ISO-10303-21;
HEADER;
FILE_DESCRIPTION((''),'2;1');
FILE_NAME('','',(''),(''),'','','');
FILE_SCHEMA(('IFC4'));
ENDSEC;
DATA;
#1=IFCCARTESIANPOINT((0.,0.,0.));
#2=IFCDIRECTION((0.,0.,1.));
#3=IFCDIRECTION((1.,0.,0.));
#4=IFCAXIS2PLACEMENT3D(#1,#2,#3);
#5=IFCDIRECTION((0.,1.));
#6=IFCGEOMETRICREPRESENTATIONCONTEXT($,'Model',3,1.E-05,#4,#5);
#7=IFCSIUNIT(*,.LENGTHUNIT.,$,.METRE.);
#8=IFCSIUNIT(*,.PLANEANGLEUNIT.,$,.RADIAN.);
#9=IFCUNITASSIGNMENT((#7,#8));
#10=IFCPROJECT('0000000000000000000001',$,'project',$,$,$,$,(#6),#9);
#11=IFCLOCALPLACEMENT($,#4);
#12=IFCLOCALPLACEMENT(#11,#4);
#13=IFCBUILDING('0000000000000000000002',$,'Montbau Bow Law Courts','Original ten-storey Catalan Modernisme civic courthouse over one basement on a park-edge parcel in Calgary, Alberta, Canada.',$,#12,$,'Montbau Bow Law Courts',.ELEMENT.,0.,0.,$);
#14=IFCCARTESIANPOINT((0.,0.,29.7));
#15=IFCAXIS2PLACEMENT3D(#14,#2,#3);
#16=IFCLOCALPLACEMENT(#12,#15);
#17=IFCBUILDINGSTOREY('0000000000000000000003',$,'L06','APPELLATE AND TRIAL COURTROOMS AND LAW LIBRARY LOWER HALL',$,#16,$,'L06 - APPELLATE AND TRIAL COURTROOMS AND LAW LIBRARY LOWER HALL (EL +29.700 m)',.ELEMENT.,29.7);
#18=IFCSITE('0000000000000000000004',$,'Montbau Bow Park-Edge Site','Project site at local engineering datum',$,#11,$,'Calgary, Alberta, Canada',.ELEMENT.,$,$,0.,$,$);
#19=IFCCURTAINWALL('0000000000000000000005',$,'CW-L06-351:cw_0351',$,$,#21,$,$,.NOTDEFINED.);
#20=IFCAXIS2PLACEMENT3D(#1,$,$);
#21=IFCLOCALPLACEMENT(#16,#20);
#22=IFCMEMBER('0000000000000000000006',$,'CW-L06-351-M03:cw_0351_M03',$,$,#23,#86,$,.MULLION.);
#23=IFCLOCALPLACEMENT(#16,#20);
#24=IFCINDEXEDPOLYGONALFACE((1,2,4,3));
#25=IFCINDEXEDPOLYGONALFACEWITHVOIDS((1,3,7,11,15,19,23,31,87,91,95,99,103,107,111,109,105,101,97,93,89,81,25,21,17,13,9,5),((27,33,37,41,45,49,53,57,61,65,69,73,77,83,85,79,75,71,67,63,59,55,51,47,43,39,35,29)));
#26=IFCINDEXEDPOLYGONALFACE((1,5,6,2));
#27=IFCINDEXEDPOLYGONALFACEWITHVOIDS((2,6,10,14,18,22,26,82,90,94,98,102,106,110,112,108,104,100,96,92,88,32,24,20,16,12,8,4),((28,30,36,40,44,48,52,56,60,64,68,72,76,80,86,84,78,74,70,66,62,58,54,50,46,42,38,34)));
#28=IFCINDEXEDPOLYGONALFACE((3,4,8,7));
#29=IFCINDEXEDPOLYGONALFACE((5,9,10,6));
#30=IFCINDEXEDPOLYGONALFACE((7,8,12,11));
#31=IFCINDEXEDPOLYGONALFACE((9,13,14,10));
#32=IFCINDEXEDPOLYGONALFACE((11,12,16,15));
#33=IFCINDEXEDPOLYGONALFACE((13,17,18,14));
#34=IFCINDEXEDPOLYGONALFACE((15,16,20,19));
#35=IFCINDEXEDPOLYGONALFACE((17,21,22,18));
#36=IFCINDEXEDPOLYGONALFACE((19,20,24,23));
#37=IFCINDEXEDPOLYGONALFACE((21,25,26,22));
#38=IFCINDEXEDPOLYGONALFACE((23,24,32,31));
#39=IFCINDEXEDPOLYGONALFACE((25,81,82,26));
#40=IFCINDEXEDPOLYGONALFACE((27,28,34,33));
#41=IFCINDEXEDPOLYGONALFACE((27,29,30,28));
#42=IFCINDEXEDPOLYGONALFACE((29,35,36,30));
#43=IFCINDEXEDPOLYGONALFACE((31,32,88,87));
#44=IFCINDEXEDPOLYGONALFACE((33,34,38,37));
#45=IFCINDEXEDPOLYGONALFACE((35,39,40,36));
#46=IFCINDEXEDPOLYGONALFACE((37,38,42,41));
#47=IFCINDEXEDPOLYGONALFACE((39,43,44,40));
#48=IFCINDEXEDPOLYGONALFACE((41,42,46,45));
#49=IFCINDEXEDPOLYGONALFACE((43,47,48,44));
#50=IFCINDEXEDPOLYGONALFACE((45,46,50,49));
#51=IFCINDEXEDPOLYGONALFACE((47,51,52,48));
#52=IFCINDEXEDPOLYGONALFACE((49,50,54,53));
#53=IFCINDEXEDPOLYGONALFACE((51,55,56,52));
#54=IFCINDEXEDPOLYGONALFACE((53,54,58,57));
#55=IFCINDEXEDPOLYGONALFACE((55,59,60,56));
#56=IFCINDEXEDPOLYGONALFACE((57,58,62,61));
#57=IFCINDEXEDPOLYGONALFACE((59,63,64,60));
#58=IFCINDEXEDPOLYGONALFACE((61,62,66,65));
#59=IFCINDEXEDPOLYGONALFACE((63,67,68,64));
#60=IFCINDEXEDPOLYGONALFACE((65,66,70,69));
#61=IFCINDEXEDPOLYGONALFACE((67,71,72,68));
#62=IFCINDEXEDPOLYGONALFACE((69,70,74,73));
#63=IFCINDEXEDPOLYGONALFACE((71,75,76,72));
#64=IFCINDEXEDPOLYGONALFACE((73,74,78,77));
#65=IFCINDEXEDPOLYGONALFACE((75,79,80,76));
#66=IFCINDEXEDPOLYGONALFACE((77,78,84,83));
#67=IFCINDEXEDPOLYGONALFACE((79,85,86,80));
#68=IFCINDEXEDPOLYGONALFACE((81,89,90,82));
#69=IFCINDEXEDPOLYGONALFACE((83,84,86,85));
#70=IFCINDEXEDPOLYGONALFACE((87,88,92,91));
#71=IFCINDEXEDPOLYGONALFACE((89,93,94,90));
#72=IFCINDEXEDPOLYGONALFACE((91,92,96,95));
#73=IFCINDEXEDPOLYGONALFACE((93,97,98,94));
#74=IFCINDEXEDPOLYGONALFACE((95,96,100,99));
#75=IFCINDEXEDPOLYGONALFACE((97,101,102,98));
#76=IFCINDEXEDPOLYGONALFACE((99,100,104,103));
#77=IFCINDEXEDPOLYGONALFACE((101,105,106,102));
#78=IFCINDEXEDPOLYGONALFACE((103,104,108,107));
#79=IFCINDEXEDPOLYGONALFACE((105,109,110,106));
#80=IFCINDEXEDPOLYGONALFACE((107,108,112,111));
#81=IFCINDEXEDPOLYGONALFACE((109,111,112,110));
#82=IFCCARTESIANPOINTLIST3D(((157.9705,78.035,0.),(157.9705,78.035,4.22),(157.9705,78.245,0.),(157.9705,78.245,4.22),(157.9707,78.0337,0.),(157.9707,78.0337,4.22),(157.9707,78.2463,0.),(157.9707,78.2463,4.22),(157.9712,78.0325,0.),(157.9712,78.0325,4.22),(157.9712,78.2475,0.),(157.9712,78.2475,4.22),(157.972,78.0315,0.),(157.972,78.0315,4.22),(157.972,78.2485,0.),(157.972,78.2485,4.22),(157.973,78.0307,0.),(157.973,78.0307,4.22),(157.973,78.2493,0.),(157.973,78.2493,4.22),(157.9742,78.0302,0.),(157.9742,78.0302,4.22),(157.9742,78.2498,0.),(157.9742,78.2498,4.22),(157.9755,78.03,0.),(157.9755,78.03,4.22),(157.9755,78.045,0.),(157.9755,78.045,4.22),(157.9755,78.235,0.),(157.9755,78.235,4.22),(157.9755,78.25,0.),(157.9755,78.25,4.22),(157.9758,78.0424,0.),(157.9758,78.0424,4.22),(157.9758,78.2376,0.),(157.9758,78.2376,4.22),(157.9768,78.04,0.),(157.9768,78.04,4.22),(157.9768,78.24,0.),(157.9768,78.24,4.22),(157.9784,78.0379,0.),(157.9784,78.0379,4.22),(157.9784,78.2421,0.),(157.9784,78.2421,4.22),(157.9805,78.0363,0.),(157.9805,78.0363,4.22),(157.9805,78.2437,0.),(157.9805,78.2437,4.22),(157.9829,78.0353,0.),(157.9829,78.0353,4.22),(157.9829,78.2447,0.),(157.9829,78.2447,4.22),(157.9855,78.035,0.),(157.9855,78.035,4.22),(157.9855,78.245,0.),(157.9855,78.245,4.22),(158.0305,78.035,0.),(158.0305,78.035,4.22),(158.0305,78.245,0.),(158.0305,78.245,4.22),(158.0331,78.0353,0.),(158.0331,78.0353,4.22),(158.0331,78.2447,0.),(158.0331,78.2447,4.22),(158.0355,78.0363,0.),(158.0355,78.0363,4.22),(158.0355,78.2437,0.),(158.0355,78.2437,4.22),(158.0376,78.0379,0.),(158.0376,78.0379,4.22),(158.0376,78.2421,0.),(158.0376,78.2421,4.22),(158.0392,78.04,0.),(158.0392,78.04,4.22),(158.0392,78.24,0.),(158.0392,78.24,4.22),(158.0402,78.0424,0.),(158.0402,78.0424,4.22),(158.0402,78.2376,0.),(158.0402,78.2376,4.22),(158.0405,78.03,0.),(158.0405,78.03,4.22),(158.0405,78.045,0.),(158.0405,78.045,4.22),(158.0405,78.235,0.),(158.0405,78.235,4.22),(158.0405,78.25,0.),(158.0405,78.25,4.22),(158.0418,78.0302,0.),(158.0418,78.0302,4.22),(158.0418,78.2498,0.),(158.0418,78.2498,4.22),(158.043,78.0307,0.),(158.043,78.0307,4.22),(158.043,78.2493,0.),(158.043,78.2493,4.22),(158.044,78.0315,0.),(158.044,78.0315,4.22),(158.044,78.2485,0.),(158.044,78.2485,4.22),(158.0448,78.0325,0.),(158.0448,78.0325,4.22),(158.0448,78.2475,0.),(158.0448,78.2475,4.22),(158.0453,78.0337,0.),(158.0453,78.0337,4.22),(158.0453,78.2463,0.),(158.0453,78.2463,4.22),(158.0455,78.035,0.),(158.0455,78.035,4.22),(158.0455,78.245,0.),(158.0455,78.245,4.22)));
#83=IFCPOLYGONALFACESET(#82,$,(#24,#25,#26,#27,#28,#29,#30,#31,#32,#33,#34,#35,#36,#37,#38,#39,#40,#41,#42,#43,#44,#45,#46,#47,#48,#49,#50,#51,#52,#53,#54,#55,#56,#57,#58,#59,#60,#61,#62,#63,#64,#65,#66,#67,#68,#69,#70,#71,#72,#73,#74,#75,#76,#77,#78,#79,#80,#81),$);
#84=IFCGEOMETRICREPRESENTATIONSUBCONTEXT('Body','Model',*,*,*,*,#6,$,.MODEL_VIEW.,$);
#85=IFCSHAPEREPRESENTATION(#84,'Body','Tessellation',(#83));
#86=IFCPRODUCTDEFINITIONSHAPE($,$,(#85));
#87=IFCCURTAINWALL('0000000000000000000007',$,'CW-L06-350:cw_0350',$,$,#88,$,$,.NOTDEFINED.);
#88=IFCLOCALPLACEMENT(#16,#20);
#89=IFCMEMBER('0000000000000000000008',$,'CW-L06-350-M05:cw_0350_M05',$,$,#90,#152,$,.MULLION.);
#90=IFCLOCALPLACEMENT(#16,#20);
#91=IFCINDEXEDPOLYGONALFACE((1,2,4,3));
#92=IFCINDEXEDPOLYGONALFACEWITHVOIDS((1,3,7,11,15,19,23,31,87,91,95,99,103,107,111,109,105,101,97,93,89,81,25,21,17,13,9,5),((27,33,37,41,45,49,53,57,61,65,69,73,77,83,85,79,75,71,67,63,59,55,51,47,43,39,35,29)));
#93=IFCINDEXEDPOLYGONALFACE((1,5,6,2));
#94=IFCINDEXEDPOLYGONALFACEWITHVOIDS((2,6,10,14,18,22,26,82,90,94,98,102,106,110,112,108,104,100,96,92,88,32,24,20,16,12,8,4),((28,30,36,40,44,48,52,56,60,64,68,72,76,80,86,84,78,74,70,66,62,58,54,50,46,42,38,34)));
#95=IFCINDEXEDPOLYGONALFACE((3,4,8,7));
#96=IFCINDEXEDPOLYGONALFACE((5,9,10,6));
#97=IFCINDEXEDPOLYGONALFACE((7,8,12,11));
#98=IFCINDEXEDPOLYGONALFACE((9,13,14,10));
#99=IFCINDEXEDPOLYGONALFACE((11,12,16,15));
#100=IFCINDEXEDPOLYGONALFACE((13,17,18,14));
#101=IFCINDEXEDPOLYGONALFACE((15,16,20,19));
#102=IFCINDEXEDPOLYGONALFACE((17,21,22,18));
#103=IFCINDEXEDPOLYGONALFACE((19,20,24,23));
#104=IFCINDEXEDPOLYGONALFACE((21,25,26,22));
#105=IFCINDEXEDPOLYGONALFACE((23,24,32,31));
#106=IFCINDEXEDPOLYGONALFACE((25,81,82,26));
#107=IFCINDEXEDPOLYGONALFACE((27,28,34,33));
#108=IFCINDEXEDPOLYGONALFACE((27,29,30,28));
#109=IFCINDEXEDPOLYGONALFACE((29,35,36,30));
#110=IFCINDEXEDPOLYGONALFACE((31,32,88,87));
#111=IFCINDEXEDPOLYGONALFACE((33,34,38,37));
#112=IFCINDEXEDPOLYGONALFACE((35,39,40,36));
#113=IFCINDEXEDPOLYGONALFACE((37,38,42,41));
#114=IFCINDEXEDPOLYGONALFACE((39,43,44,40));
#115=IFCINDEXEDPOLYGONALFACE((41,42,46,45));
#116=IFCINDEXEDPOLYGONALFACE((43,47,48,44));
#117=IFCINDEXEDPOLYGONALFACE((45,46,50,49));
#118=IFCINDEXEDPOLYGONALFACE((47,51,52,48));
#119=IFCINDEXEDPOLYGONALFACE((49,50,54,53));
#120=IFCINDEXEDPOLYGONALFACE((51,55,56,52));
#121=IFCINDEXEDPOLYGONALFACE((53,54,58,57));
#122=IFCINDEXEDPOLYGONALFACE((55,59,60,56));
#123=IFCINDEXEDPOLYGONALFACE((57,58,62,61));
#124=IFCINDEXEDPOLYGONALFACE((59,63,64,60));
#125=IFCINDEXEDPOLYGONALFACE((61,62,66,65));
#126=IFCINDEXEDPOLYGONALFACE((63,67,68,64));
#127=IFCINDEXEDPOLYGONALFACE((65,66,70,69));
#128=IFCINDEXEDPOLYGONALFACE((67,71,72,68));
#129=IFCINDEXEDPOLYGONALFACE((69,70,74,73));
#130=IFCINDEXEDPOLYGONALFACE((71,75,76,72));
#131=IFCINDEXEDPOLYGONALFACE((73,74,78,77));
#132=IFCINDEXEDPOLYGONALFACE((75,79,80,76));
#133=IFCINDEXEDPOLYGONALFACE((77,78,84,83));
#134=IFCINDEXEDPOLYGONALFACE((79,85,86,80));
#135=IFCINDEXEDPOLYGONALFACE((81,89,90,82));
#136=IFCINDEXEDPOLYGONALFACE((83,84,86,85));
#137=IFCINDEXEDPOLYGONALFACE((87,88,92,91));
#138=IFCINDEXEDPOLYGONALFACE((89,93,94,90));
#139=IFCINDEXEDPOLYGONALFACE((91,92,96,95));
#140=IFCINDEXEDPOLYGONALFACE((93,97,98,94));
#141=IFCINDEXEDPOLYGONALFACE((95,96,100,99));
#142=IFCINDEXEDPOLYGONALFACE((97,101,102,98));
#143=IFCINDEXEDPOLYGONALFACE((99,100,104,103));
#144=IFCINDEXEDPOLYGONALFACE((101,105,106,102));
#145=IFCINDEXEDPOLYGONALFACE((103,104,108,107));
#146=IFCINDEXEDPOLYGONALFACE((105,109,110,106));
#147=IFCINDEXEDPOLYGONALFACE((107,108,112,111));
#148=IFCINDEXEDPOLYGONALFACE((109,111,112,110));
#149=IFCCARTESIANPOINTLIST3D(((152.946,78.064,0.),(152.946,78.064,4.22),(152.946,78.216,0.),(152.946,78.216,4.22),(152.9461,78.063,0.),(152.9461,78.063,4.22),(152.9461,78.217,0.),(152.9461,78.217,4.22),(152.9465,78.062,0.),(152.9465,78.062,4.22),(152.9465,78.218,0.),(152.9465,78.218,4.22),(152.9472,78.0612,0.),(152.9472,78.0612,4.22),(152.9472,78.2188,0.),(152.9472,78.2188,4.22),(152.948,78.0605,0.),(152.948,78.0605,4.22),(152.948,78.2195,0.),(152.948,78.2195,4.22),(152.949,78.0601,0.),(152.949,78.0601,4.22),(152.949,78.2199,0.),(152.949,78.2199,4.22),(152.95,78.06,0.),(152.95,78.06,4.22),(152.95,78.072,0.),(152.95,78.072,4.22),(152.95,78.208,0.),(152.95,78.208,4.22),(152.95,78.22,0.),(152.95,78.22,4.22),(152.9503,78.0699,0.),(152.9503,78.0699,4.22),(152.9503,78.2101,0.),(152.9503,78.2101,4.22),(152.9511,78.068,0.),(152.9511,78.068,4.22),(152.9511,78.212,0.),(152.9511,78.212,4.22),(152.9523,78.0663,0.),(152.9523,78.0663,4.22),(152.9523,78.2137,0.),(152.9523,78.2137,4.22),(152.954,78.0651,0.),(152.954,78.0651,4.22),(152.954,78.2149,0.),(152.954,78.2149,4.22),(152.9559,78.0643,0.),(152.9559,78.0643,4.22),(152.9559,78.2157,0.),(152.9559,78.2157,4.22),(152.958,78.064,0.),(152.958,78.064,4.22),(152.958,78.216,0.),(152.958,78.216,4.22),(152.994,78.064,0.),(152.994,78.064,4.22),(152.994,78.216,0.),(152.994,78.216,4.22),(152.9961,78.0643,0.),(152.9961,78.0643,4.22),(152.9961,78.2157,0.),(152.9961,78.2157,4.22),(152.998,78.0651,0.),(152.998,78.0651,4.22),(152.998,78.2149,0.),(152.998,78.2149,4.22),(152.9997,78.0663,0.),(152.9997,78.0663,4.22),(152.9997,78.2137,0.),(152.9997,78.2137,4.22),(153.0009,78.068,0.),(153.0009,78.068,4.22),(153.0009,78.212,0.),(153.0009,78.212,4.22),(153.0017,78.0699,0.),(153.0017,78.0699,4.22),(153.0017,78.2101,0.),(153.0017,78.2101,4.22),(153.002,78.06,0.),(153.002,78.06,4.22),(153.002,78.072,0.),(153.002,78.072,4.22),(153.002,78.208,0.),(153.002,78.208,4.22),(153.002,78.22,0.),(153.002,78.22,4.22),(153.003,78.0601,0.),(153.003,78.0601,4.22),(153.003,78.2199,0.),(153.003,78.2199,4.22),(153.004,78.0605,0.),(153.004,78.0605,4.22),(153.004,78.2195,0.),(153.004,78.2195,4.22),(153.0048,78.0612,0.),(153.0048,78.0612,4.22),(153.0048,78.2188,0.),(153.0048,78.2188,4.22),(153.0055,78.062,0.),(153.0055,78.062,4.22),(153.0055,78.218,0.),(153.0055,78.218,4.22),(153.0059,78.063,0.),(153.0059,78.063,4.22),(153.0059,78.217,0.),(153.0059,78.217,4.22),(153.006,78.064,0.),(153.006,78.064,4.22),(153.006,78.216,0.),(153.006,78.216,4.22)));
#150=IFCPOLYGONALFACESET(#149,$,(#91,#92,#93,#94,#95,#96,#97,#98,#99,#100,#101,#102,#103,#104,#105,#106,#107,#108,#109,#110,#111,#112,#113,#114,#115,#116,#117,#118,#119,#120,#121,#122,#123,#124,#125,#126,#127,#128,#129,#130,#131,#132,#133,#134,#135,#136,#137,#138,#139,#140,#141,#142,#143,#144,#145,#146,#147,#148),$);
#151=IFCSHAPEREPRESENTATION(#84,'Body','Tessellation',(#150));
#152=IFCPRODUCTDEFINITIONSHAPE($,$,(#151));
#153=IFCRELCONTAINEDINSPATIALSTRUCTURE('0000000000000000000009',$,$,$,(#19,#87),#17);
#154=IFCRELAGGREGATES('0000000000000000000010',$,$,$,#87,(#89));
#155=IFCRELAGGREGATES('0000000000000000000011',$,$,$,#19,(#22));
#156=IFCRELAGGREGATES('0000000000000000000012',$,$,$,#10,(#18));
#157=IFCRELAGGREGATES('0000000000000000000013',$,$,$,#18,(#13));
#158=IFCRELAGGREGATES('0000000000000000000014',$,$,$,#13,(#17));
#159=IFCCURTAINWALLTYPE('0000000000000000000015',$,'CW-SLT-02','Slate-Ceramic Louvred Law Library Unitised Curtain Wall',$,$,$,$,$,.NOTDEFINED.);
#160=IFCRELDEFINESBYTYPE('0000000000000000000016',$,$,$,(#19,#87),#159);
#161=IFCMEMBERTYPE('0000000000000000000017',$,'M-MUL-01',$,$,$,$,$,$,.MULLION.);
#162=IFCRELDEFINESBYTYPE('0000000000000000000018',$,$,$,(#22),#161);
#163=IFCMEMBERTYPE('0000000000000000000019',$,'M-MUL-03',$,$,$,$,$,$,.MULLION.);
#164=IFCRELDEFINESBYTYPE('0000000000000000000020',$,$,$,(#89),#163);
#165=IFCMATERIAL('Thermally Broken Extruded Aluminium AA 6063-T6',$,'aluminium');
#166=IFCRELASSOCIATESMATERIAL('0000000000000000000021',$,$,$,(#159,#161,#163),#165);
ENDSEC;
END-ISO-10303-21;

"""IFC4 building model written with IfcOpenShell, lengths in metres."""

from ifc_helpers import new_model, si_unit, direction, frame, origin_with_axes, origin_2d_with_axis, place, context, subcontext, project, spatial, hollow_rectangle, extrude, material, material_profile, profile_set, type_object, element, aggregate, save


model = new_model("IFC4")

# Units and contexts
model_context = context("Model", 3, precision=1e-05, world=origin_with_axes(), true_north=direction((0.0, 1.0)))
body_context = subcontext(model_context, "Body", "Model", "MODEL_VIEW")
ifc_project = project(units=[si_unit("LENGTHUNIT", "METRE"), si_unit("PLANEANGLEUNIT", "RADIAN")], contexts=[model_context])

# Site, building, storey
site_placement = place(None, origin_with_axes())
site = spatial("IfcSite", under=ifc_project, at=site_placement, Name="Montbau Bow Park-Edge Site", Description="Project site at local engineering datum", LongName="Calgary, Alberta, Canada", CompositionType="ELEMENT", RefElevation=0.0)
building_placement = place(site_placement, origin_with_axes())
building = spatial("IfcBuilding", under=site, at=building_placement, Name="Montbau Bow Law Courts", Description="Original ten-storey Catalan Modernisme civic courthouse over one basement on a park-edge parcel in Calgary, Alberta, Canada.", LongName="Montbau Bow Law Courts", CompositionType="ELEMENT", ElevationOfRefHeight=0.0, ElevationOfTerrain=0.0)
storey_placement = place(building_placement, frame((0.0, 0.0, 29.7), z_axis=(0.0, 0.0, 1.0), x_axis=(1.0, 0.0, 0.0)))
storey = spatial("IfcBuildingStorey", under=building, at=storey_placement, Name="L06", Description="APPELLATE AND TRIAL COURTROOMS AND LAW LIBRARY LOWER HALL", LongName="L06 - APPELLATE AND TRIAL COURTROOMS AND LAW LIBRARY LOWER HALL (EL +29.700 m)", CompositionType="ELEMENT", Elevation=29.7)

# Curtain walls, members
ifc_material_1 = material(Name="Thermally Broken Extruded Aluminium AA 6063-T6", Category="aluminium")
curtain_wall_type = type_object("IfcCurtainWallType", Name="CW-SLT-02", Description="Slate-Ceramic Louvred Law Library Unitised Curtain Wall", PredefinedType="NOTDEFINED", material=ifc_material_1)
curtain_wall_1_placement = place(None, frame((155.24, 78.14, 29.7), z_axis=(0.0, 0.0, 1.0), x_axis=(1.0, 0.0, 0.0)))
curtain_wall_1 = element("IfcCurtainWall", 1, at=curtain_wall_1_placement, inside=storey, type_object=curtain_wall_type, Name="CW-L06-351:cw_0351", PredefinedType="NOTDEFINED")
ifc_material_profile_1 = material_profile(ifc_material_1, hollow_rectangle(XDim=0.075, YDim=0.22, WallThickness=0.005, InnerFilletRadius=0.01, OuterFilletRadius=0.005, at=origin_2d_with_axis()), Name="CWM-220X75", Category="Main", Priority=0)
ifc_profile_set_1 = profile_set([ifc_material_profile_1], Name="Thermally Broken Extruded Aluminium AA 6063-T6")
member_type_1 = type_object("IfcMemberType", Name="M-MUL-01", PredefinedType="MULLION", material=ifc_profile_set_1)
member_1_placement = place(None, frame((158.008, 78.14, 29.7), z_axis=(0.0, 0.0, 1.0), x_axis=(1.0, 0.0, 0.0)))
member_1 = element("IfcMember", 2, at=member_1_placement, type_object=member_type_1, Name="CW-L06-351-M03:cw_0351_M03", PredefinedType="MULLION", context=body_context, shape_type="SweptSolid", body=[
    extrude(hollow_rectangle(XDim=0.075, YDim=0.22, WallThickness=0.005, InnerFilletRadius=0.01, OuterFilletRadius=0.005, at=origin_2d_with_axis()), origin_with_axes(), (0.0, 0.0, 1.0), 4.22),
])
curtain_wall_2_placement = place(None, frame((147.44, 78.14, 29.7), z_axis=(0.0, 0.0, 1.0), x_axis=(1.0, 0.0, 0.0)))
curtain_wall_2 = element("IfcCurtainWall", 3, at=curtain_wall_2_placement, inside=storey, type_object=curtain_wall_type, Name="CW-L06-350:cw_0350", PredefinedType="NOTDEFINED")
ifc_material_profile_2 = material_profile(ifc_material_1, hollow_rectangle(XDim=0.06, YDim=0.16, WallThickness=0.004, InnerFilletRadius=0.008, OuterFilletRadius=0.004, at=origin_2d_with_axis()), Name="CWM-160X60", Category="Main", Priority=0)
ifc_profile_set_2 = profile_set([ifc_material_profile_2], Name="Thermally Broken Extruded Aluminium AA 6063-T6")
member_type_2 = type_object("IfcMemberType", Name="M-MUL-03", PredefinedType="MULLION", material=ifc_profile_set_2)
member_2_placement = place(None, frame((152.976, 78.14, 29.7), z_axis=(0.0, 0.0, 1.0), x_axis=(1.0, 0.0, 0.0)))
member_2 = element("IfcMember", 4, at=member_2_placement, type_object=member_type_2, Name="CW-L06-350-M05:cw_0350_M05", PredefinedType="MULLION", context=body_context, shape_type="SweptSolid", body=[
    extrude(hollow_rectangle(XDim=0.06, YDim=0.16, WallThickness=0.004, InnerFilletRadius=0.008, OuterFilletRadius=0.004, at=origin_2d_with_axis()), origin_with_axes(), (0.0, 0.0, 1.0), 4.22),
])

aggregate(curtain_wall_2, [member_2])
aggregate(curtain_wall_1, [member_1])

save(model, "model.ifc")
